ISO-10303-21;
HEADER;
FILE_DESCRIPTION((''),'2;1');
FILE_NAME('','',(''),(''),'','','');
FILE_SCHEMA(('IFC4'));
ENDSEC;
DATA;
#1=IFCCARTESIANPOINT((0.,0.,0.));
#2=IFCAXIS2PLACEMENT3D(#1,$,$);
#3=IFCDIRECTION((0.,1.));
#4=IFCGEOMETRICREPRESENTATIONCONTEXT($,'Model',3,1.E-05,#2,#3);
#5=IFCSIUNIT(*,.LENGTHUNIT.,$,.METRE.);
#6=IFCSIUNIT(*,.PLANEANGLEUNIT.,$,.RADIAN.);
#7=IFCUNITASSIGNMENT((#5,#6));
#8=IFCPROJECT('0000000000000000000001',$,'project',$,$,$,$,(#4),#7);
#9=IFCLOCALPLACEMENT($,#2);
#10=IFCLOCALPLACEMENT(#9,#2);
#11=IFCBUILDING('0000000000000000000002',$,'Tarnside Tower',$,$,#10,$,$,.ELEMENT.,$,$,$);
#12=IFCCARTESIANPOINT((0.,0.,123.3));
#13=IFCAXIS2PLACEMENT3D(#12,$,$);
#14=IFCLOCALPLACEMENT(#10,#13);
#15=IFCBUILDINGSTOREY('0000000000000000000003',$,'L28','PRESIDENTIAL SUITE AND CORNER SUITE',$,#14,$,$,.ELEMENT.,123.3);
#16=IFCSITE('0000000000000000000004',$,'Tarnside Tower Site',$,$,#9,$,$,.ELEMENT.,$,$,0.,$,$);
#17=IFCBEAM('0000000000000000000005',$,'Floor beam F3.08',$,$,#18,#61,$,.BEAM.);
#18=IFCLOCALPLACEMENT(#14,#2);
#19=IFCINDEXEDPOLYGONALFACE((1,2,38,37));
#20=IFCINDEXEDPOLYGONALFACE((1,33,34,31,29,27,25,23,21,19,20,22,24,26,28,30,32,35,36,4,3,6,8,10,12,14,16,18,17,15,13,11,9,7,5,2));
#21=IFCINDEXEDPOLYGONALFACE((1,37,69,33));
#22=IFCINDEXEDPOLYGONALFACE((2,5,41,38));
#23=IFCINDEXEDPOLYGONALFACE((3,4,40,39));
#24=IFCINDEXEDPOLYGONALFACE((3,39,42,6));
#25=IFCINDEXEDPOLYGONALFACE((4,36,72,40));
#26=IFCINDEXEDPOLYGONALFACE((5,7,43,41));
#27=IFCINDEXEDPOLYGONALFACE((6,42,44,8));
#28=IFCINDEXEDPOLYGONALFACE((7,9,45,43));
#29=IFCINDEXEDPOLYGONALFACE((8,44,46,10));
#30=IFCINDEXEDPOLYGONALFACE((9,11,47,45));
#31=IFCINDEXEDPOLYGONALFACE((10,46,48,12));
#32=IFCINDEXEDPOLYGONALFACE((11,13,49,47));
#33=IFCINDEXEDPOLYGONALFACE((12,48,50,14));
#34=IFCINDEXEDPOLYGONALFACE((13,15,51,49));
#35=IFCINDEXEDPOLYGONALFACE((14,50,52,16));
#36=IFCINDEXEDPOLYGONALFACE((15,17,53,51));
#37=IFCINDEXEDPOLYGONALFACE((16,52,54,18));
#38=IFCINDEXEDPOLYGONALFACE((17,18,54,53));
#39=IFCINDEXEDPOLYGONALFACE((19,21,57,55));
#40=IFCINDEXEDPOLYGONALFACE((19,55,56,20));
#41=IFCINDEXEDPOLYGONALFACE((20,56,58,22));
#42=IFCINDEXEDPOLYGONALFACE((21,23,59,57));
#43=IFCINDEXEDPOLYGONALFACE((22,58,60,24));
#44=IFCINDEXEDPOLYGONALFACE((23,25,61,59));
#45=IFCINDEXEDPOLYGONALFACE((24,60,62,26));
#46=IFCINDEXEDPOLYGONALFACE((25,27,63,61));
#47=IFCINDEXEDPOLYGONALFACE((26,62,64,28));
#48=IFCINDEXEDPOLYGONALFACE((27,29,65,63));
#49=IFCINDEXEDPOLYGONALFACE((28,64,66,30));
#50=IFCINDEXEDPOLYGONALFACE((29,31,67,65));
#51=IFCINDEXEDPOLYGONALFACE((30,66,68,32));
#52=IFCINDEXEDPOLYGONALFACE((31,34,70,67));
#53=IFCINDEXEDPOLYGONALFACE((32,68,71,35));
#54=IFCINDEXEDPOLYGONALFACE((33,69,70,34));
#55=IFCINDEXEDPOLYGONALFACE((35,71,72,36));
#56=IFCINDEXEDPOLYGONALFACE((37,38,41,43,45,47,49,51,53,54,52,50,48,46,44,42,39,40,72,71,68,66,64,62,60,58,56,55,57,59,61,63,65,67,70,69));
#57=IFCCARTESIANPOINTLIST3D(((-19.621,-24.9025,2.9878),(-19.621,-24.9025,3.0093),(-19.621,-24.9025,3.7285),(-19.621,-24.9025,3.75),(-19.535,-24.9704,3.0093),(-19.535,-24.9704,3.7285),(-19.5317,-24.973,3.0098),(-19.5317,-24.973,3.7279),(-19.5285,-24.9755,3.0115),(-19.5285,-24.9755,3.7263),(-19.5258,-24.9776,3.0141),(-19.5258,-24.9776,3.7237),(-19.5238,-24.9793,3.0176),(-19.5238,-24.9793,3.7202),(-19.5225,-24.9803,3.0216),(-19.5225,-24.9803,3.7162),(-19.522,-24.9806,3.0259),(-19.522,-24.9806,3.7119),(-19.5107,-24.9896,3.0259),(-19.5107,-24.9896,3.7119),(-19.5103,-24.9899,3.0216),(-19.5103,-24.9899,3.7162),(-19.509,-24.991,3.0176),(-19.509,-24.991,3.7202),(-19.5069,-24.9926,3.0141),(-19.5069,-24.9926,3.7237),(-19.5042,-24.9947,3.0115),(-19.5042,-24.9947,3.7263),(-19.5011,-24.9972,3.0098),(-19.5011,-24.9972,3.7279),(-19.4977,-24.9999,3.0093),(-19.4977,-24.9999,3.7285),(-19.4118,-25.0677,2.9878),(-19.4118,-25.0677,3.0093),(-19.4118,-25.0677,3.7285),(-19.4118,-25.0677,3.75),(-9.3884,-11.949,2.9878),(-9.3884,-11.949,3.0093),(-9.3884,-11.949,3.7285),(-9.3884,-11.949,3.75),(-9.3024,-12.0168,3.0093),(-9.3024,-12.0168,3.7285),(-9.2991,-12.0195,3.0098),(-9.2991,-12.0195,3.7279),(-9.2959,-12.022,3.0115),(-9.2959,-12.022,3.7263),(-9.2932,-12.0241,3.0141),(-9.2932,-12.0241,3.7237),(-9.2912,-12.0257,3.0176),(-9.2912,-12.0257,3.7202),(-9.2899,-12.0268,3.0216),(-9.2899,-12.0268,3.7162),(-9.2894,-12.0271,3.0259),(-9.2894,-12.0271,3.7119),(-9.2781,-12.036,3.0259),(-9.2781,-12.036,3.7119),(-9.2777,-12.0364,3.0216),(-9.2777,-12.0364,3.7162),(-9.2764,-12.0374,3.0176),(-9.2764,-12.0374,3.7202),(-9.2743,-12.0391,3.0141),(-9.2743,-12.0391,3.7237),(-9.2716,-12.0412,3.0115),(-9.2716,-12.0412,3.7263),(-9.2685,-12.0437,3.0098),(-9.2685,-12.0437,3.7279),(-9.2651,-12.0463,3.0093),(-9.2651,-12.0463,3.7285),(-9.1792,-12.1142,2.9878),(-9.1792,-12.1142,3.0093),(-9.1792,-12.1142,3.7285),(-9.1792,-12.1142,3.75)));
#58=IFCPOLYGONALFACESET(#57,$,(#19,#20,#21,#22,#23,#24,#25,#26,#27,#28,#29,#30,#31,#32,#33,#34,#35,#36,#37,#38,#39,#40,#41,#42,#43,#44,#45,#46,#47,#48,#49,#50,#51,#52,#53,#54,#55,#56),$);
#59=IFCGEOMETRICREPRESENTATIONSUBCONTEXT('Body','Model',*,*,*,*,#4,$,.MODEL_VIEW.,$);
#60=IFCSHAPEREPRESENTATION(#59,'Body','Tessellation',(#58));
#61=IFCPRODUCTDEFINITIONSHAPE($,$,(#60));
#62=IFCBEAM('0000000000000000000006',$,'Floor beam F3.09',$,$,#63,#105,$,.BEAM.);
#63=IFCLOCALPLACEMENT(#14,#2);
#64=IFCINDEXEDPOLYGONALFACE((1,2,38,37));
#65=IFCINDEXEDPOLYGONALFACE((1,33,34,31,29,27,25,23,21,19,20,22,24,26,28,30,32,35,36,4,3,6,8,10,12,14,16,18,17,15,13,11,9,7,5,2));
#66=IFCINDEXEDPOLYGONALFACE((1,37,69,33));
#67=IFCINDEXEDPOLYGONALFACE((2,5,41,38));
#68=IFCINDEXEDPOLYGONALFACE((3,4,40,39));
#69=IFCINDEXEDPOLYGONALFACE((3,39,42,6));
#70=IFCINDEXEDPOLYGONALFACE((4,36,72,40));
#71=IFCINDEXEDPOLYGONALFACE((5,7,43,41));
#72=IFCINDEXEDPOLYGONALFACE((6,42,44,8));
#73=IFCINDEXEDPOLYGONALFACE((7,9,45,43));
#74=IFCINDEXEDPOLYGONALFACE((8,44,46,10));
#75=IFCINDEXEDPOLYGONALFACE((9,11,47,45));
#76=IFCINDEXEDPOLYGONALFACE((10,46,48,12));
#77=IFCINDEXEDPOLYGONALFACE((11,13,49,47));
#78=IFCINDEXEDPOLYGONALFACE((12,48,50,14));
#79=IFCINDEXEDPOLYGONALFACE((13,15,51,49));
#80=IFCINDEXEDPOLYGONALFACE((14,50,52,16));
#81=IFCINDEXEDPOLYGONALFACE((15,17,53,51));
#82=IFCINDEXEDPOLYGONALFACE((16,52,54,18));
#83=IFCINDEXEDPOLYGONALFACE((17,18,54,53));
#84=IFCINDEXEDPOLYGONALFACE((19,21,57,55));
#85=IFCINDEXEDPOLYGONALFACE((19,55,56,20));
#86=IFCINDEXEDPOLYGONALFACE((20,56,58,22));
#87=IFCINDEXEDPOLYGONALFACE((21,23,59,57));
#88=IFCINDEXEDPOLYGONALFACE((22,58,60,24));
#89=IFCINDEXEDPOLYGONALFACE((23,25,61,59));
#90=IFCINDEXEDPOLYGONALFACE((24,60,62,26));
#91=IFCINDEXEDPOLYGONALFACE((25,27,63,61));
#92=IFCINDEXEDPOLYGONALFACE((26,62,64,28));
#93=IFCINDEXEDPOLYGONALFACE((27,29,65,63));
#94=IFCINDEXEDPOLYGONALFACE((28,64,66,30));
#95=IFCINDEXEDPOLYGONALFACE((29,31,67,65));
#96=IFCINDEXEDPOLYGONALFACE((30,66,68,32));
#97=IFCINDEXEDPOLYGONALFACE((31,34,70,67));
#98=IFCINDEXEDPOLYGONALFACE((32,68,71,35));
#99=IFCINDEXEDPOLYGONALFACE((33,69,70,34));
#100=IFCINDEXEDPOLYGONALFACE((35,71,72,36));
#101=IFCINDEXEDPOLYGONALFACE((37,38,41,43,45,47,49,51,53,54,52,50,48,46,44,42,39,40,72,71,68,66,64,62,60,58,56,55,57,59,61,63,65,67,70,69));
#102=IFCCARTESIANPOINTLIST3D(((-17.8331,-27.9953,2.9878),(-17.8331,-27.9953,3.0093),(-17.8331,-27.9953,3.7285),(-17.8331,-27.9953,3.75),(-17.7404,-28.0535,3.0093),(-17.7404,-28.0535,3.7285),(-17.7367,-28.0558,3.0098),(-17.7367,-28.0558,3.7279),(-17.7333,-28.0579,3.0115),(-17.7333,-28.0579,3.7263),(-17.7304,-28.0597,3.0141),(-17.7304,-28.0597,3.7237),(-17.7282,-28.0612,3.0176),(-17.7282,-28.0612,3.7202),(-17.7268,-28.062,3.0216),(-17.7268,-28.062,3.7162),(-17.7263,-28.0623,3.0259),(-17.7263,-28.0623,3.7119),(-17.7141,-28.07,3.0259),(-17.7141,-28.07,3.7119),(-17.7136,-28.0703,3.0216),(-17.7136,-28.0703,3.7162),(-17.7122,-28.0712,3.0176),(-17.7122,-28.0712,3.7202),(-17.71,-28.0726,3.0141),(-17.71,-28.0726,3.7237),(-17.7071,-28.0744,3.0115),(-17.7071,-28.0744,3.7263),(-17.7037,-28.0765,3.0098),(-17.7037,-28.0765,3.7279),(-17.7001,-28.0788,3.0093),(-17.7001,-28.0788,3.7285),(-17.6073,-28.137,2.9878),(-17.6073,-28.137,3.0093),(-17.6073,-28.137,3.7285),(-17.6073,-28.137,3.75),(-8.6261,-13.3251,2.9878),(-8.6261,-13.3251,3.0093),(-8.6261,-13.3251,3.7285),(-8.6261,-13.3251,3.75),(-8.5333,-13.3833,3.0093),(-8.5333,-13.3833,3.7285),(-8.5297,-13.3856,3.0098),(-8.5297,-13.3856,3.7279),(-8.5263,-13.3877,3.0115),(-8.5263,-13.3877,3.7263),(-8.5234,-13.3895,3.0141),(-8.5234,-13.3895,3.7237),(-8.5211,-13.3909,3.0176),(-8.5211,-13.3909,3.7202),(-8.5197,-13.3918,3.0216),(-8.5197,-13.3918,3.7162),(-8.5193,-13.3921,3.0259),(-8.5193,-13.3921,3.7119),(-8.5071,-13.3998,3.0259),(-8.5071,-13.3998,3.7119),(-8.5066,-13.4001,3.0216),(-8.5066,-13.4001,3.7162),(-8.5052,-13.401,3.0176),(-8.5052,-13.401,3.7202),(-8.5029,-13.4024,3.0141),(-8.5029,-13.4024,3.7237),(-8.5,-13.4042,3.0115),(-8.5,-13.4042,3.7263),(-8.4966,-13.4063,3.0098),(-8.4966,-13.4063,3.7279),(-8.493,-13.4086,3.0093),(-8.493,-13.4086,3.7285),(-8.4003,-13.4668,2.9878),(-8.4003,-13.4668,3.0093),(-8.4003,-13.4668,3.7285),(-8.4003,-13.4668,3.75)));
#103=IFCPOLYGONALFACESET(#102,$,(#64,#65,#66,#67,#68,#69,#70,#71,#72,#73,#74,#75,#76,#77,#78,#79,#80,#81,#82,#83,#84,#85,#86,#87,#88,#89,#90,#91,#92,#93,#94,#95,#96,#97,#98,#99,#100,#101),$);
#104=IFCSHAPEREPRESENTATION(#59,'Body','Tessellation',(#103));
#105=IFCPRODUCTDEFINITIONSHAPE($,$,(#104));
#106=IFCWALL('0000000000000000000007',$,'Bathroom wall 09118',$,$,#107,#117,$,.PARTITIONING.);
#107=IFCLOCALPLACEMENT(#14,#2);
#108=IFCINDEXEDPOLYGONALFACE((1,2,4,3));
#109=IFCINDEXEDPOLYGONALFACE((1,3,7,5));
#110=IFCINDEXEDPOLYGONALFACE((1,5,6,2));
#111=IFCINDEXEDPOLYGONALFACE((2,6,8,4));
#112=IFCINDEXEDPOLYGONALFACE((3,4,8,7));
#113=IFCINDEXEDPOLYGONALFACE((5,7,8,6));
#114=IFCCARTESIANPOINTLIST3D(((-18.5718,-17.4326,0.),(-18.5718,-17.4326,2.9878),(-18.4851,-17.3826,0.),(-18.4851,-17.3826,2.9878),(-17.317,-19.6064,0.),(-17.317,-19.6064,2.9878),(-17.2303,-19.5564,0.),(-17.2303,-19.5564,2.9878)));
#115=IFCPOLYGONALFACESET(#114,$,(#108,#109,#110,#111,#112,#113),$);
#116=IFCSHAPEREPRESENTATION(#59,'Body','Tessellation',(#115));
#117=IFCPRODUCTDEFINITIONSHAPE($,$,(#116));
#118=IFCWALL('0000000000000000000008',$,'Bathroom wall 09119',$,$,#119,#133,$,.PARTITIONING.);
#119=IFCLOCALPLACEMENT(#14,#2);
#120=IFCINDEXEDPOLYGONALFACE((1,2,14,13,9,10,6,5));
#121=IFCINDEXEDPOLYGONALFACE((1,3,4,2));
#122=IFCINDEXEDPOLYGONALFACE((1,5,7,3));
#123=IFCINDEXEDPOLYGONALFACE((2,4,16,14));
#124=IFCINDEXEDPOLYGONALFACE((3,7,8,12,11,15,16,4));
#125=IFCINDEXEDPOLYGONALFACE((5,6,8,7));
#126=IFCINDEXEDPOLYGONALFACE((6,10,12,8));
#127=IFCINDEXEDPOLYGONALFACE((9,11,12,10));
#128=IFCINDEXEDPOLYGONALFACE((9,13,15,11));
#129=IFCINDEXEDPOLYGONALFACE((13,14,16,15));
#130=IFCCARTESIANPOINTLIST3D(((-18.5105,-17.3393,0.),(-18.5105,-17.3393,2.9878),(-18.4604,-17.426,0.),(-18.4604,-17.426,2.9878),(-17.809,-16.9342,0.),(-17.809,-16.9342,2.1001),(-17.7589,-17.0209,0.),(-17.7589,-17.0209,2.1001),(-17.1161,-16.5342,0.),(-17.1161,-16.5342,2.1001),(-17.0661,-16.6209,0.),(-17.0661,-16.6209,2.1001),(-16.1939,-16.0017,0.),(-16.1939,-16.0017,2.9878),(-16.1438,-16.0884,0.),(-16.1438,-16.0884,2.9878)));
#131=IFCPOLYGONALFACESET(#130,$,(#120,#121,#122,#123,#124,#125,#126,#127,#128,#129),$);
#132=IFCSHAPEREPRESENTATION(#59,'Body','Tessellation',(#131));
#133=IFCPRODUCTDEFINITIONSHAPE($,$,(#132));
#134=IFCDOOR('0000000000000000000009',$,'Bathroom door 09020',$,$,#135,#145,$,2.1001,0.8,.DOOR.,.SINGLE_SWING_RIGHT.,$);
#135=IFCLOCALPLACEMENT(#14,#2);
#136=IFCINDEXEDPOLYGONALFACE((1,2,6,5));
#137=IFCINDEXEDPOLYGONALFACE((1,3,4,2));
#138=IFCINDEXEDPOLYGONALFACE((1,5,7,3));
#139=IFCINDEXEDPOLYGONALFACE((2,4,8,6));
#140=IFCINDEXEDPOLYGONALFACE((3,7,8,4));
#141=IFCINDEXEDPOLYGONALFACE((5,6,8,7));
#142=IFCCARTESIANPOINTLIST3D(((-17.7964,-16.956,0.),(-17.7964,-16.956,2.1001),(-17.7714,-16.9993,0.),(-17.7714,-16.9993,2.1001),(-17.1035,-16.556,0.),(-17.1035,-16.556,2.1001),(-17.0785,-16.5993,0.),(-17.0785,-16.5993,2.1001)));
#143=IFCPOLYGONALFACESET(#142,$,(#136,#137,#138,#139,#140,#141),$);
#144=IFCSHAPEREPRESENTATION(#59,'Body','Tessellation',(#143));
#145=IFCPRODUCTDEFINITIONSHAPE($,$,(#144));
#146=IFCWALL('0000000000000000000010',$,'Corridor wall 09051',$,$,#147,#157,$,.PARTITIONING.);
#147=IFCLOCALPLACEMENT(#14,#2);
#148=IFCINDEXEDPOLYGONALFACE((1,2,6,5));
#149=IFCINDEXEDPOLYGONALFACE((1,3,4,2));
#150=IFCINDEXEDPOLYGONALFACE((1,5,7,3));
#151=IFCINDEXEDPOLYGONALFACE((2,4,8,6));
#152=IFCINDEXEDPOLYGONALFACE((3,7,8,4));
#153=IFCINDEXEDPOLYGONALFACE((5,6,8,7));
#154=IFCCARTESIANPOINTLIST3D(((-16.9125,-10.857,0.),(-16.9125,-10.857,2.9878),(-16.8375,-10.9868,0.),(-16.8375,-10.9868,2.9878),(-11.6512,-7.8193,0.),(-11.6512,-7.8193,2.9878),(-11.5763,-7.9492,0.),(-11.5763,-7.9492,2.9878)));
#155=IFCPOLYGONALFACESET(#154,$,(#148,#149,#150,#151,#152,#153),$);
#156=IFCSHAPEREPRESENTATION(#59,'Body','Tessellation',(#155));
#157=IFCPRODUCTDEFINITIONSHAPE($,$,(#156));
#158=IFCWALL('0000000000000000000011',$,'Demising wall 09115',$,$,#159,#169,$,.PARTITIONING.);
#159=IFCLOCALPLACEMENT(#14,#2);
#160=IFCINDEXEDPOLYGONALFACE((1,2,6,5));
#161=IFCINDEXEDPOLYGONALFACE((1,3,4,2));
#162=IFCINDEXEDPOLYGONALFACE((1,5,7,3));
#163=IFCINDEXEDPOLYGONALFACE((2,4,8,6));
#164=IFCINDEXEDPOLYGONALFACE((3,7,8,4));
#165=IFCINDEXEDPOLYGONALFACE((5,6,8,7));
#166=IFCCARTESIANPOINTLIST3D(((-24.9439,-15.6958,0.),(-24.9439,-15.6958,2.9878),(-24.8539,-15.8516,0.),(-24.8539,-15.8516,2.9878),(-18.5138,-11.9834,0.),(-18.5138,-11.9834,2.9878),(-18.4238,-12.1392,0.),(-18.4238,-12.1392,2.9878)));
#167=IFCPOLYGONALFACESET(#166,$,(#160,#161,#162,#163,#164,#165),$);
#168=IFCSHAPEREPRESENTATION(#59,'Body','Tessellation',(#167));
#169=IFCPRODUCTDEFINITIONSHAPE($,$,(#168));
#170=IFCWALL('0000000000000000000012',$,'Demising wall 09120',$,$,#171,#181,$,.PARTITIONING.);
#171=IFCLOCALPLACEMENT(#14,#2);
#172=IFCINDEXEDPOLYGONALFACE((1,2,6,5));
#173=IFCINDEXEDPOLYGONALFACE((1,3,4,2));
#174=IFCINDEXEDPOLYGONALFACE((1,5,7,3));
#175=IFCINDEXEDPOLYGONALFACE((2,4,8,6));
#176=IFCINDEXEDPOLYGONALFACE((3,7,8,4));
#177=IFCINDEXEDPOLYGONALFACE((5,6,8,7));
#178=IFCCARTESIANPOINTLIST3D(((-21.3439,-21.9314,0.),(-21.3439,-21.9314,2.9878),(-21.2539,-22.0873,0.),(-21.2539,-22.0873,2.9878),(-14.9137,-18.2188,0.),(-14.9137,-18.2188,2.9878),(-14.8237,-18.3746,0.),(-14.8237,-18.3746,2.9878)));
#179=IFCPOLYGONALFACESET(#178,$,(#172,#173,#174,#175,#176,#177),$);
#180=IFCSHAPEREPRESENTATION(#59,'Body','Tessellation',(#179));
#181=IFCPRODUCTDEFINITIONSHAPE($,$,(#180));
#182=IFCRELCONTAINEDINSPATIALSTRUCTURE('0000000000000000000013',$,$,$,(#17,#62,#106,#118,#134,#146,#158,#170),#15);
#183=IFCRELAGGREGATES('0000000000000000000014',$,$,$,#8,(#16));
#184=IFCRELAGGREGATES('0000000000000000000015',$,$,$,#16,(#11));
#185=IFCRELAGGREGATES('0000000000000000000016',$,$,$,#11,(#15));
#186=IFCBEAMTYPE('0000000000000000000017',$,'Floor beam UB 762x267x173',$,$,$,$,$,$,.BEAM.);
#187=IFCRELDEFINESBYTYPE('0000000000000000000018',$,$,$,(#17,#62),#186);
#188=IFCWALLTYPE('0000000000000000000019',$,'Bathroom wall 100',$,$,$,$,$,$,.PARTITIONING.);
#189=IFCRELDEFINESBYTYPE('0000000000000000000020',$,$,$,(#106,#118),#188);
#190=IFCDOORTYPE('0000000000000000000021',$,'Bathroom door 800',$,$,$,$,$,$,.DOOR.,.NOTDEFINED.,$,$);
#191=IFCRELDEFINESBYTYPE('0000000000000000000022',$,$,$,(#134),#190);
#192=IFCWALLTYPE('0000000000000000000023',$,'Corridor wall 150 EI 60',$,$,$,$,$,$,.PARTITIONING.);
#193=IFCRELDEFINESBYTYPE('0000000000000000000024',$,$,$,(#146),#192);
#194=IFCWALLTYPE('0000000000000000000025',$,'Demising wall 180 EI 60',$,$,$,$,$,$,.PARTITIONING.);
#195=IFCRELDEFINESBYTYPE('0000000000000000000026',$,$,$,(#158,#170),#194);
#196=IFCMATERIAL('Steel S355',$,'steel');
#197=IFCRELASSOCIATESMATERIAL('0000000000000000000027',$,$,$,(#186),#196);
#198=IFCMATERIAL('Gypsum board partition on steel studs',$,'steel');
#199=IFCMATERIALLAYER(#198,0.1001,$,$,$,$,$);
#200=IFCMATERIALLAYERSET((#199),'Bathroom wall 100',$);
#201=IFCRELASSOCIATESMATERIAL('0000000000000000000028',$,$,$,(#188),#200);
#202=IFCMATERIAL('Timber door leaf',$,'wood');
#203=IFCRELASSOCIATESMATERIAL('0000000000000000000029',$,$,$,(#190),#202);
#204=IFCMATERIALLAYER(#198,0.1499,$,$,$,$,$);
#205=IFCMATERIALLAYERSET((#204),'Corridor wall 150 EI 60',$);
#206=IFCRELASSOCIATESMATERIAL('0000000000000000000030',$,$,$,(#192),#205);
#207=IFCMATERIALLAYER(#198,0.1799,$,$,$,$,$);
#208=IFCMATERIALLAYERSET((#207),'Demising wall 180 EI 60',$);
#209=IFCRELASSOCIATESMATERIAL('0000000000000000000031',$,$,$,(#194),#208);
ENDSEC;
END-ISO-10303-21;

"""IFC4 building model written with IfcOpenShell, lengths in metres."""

from ifc_helpers import new_model, si_unit, direction, frame, frame_2d, origin, origin_2d, place, context, subcontext, project, spatial, rectangle, i_section, extrude, material, layer, layer_set, material_profile, profile_set, type_object, element, fill, save


model = new_model("IFC4")

# Units and contexts
model_context = context("Model", 3, precision=1e-05, world=origin(), true_north=direction((0.0, 1.0)))
body_context = subcontext(model_context, "Body", "Model", "MODEL_VIEW")
ifc_project = project(units=[si_unit("LENGTHUNIT", "METRE"), si_unit("PLANEANGLEUNIT", "RADIAN")], contexts=[model_context])

# Site, building, storey
site_placement = place(None, origin())
site = spatial("IfcSite", under=ifc_project, at=site_placement, Name="Tarnside Tower Site", CompositionType="ELEMENT", RefElevation=0.0)
building_placement = place(site_placement, origin())
building = spatial("IfcBuilding", under=site, at=building_placement, Name="Tarnside Tower", CompositionType="ELEMENT")
storey_placement = place(building_placement, frame((0.0, 0.0, 123.3)))
storey = spatial("IfcBuildingStorey", under=building, at=storey_placement, Name="L28", Description="PRESIDENTIAL SUITE AND CORNER SUITE", CompositionType="ELEMENT", Elevation=123.3)

# Beams
ifc_material_1 = material(Name="Steel S355", Category="steel")
ifc_material_profile_1 = material_profile(ifc_material_1, i_section(OverallWidth=0.2666, OverallDepth=0.7622, WebThickness=0.0144, FlangeThickness=0.0215, FilletRadius=0.0166, at=origin_2d()), Name="UB 762x267x173")
ifc_profile_set_1 = profile_set([ifc_material_profile_1], Name="Steel S355")
beam_type_1 = type_object("IfcBeamType", Name="Floor beam UB 762x267x173", PredefinedType="BEAM", material=ifc_profile_set_1)
beam_1_placement = place(storey_placement, frame((-19.5164, -24.9851, 3.3689), z_axis=(0.619873, 0.784702, 0.0), x_axis=(-0.784702, 0.619873, 0.0)))
element("IfcBeam", 1, at=beam_1_placement, inside=storey, type_object=beam_type_1, Name="Floor beam F3.08", PredefinedType="BEAM", context=body_context, shape_type="SweptSolid", body=[
    extrude(i_section(OverallWidth=0.2666, OverallDepth=0.7622, WebThickness=0.0144, FlangeThickness=0.0215, FilletRadius=0.0166, at=origin_2d()), origin(), (0.0, 0.0, 1.0), 16.5076),
])
beam_2_placement = place(storey_placement, frame((-17.7202, -28.0662, 3.3689), z_axis=(0.531583, 0.847006, 0.0), x_axis=(-0.847006, 0.531583, 0.0)))
element("IfcBeam", 2, at=beam_2_placement, inside=storey, type_object=beam_type_1, Name="Floor beam F3.09", PredefinedType="BEAM", context=body_context, shape_type="SweptSolid", body=[
    extrude(i_section(OverallWidth=0.2666, OverallDepth=0.7622, WebThickness=0.0144, FlangeThickness=0.0215, FilletRadius=0.0166, at=origin_2d()), origin(), (0.0, 0.0, 1.0), 17.3201),
])

# Wall
ifc_material_2 = material(Name="Gypsum board partition on steel studs", Category="steel")
ifc_layer_1 = layer(ifc_material_2, 0.1001)
ifc_layer_set_1 = layer_set([ifc_layer_1], Name="Bathroom wall 100")
wall_type_1 = type_object("IfcWallType", Name="Bathroom wall 100", PredefinedType="PARTITIONING", material=ifc_layer_set_1)
wall_1_placement = place(storey_placement, frame((-17.2737, -19.5813, 0.0), z_axis=(0.0, 0.0, 1.0), x_axis=(-0.499947, 0.866056, 0.0)))
element("IfcWall", 3, at=wall_1_placement, inside=storey, type_object=wall_type_1, Name="Bathroom wall 09118", PredefinedType="PARTITIONING", context=body_context, shape_type="SweptSolid", body=[
    extrude(rectangle(XDim=2.51, YDim=0.1001, at=frame_2d((1.2549, 0.0))), origin(), (0.0, 0.0, 1.0), 2.9878),
])

# Wall, opening, door
wall_2_placement = place(storey_placement, frame((-18.4854, -17.3826, 0.0), z_axis=(0.0, 0.0, 1.0), x_axis=(0.866005, 0.500036, 0.0)))
wall_2 = element("IfcWall", 4, at=wall_2_placement, inside=storey, type_object=wall_type_1, Name="Bathroom wall 09119", PredefinedType="PARTITIONING", context=body_context, shape_type="SweptSolid", body=[
    extrude(rectangle(XDim=2.675, YDim=0.1001, at=frame_2d((1.3374, 0.0))), origin(), (0.0, 0.0, 1.0), 2.9878),
])
opening_placement = place(wall_2_placement, frame((0.8101, 0.0, 0.0)))
opening = element("IfcOpeningElement", 5, at=opening_placement, cuts=wall_2, PredefinedType="OPENING", context=body_context, shape_type="SweptSolid", body=[
    extrude(rectangle(XDim=0.8, YDim=2.1001, at=frame_2d((0.3999, 1.05))), frame((0.0, 0.0601, 0.0), z_axis=(0.0, -1.0, 0.0), x_axis=(1.0, 0.0, 0.0)), (0.0, 0.0, 1.0), 0.1201),
])
ifc_material_3 = material(Name="Timber door leaf", Category="wood")
door_type = type_object("IfcDoorType", Name="Bathroom door 800", OperationType="NOTDEFINED", PredefinedType="DOOR", material=ifc_material_3)
door_placement = place(opening_placement, origin())
door = element("IfcDoor", 6, at=door_placement, inside=storey, type_object=door_type, Name="Bathroom door 09020", OperationType="SINGLE_SWING_RIGHT", OverallHeight=2.1001, OverallWidth=0.8, PredefinedType="DOOR", context=body_context, shape_type="SweptSolid", body=[
    extrude(rectangle(XDim=0.8, YDim=2.1001, at=frame_2d((0.3999, 1.05))), frame((0.0, 0.0249, 0.0), z_axis=(0.0, -1.0, 0.0), x_axis=(1.0, 0.0, 0.0)), (0.0, 0.0, 1.0), 0.05),
])
fill(opening, door)

# Walls
ifc_layer_2 = layer(ifc_material_2, 0.1499)
ifc_layer_set_2 = layer_set([ifc_layer_2], Name="Corridor wall 150 EI 60")
wall_type_2 = type_object("IfcWallType", Name="Corridor wall 150 EI 60", PredefinedType="PARTITIONING", material=ifc_layer_set_2)
wall_3_placement = place(storey_placement, frame((-16.875, -10.9219, 0.0), z_axis=(0.0, 0.0, 1.0), x_axis=(0.866024, 0.500003, 0.0)))
element("IfcWall", 7, at=wall_3_placement, inside=storey, type_object=wall_type_2, Name="Corridor wall 09051", PredefinedType="PARTITIONING", context=body_context, shape_type="SweptSolid", body=[
    extrude(rectangle(XDim=6.0752, YDim=0.1499, at=frame_2d((3.0376, 0.0))), origin(), (0.0, 0.0, 1.0), 2.9878),
])
ifc_layer_3 = layer(ifc_material_2, 0.1799)
ifc_layer_set_3 = layer_set([ifc_layer_3], Name="Demising wall 180 EI 60")
wall_type_3 = type_object("IfcWallType", Name="Demising wall 180 EI 60", PredefinedType="PARTITIONING", material=ifc_layer_set_3)
wall_4_placement = place(storey_placement, frame((-24.8989, -15.7737, 0.0), z_axis=(0.0, 0.0, 1.0), x_axis=(0.866029, 0.499994, 0.0)))
element("IfcWall", 8, at=wall_4_placement, inside=storey, type_object=wall_type_3, Name="Demising wall 09115", PredefinedType="PARTITIONING", context=body_context, shape_type="SweptSolid", body=[
    extrude(rectangle(XDim=7.4248, YDim=0.1799, at=frame_2d((3.7124, 0.0))), origin(), (0.0, 0.0, 1.0), 2.9878),
])
wall_5_placement = place(storey_placement, frame((-21.2988, -22.0093, 0.0), z_axis=(0.0, 0.0, 1.0), x_axis=(0.866015, 0.500018, 0.0)))
element("IfcWall", 9, at=wall_5_placement, inside=storey, type_object=wall_type_3, Name="Demising wall 09120", PredefinedType="PARTITIONING", context=body_context, shape_type="SweptSolid", body=[
    extrude(rectangle(XDim=7.425, YDim=0.1799, at=frame_2d((3.7124, 0.0))), origin(), (0.0, 0.0, 1.0), 2.9878),
])

save(model, "model.ifc")
